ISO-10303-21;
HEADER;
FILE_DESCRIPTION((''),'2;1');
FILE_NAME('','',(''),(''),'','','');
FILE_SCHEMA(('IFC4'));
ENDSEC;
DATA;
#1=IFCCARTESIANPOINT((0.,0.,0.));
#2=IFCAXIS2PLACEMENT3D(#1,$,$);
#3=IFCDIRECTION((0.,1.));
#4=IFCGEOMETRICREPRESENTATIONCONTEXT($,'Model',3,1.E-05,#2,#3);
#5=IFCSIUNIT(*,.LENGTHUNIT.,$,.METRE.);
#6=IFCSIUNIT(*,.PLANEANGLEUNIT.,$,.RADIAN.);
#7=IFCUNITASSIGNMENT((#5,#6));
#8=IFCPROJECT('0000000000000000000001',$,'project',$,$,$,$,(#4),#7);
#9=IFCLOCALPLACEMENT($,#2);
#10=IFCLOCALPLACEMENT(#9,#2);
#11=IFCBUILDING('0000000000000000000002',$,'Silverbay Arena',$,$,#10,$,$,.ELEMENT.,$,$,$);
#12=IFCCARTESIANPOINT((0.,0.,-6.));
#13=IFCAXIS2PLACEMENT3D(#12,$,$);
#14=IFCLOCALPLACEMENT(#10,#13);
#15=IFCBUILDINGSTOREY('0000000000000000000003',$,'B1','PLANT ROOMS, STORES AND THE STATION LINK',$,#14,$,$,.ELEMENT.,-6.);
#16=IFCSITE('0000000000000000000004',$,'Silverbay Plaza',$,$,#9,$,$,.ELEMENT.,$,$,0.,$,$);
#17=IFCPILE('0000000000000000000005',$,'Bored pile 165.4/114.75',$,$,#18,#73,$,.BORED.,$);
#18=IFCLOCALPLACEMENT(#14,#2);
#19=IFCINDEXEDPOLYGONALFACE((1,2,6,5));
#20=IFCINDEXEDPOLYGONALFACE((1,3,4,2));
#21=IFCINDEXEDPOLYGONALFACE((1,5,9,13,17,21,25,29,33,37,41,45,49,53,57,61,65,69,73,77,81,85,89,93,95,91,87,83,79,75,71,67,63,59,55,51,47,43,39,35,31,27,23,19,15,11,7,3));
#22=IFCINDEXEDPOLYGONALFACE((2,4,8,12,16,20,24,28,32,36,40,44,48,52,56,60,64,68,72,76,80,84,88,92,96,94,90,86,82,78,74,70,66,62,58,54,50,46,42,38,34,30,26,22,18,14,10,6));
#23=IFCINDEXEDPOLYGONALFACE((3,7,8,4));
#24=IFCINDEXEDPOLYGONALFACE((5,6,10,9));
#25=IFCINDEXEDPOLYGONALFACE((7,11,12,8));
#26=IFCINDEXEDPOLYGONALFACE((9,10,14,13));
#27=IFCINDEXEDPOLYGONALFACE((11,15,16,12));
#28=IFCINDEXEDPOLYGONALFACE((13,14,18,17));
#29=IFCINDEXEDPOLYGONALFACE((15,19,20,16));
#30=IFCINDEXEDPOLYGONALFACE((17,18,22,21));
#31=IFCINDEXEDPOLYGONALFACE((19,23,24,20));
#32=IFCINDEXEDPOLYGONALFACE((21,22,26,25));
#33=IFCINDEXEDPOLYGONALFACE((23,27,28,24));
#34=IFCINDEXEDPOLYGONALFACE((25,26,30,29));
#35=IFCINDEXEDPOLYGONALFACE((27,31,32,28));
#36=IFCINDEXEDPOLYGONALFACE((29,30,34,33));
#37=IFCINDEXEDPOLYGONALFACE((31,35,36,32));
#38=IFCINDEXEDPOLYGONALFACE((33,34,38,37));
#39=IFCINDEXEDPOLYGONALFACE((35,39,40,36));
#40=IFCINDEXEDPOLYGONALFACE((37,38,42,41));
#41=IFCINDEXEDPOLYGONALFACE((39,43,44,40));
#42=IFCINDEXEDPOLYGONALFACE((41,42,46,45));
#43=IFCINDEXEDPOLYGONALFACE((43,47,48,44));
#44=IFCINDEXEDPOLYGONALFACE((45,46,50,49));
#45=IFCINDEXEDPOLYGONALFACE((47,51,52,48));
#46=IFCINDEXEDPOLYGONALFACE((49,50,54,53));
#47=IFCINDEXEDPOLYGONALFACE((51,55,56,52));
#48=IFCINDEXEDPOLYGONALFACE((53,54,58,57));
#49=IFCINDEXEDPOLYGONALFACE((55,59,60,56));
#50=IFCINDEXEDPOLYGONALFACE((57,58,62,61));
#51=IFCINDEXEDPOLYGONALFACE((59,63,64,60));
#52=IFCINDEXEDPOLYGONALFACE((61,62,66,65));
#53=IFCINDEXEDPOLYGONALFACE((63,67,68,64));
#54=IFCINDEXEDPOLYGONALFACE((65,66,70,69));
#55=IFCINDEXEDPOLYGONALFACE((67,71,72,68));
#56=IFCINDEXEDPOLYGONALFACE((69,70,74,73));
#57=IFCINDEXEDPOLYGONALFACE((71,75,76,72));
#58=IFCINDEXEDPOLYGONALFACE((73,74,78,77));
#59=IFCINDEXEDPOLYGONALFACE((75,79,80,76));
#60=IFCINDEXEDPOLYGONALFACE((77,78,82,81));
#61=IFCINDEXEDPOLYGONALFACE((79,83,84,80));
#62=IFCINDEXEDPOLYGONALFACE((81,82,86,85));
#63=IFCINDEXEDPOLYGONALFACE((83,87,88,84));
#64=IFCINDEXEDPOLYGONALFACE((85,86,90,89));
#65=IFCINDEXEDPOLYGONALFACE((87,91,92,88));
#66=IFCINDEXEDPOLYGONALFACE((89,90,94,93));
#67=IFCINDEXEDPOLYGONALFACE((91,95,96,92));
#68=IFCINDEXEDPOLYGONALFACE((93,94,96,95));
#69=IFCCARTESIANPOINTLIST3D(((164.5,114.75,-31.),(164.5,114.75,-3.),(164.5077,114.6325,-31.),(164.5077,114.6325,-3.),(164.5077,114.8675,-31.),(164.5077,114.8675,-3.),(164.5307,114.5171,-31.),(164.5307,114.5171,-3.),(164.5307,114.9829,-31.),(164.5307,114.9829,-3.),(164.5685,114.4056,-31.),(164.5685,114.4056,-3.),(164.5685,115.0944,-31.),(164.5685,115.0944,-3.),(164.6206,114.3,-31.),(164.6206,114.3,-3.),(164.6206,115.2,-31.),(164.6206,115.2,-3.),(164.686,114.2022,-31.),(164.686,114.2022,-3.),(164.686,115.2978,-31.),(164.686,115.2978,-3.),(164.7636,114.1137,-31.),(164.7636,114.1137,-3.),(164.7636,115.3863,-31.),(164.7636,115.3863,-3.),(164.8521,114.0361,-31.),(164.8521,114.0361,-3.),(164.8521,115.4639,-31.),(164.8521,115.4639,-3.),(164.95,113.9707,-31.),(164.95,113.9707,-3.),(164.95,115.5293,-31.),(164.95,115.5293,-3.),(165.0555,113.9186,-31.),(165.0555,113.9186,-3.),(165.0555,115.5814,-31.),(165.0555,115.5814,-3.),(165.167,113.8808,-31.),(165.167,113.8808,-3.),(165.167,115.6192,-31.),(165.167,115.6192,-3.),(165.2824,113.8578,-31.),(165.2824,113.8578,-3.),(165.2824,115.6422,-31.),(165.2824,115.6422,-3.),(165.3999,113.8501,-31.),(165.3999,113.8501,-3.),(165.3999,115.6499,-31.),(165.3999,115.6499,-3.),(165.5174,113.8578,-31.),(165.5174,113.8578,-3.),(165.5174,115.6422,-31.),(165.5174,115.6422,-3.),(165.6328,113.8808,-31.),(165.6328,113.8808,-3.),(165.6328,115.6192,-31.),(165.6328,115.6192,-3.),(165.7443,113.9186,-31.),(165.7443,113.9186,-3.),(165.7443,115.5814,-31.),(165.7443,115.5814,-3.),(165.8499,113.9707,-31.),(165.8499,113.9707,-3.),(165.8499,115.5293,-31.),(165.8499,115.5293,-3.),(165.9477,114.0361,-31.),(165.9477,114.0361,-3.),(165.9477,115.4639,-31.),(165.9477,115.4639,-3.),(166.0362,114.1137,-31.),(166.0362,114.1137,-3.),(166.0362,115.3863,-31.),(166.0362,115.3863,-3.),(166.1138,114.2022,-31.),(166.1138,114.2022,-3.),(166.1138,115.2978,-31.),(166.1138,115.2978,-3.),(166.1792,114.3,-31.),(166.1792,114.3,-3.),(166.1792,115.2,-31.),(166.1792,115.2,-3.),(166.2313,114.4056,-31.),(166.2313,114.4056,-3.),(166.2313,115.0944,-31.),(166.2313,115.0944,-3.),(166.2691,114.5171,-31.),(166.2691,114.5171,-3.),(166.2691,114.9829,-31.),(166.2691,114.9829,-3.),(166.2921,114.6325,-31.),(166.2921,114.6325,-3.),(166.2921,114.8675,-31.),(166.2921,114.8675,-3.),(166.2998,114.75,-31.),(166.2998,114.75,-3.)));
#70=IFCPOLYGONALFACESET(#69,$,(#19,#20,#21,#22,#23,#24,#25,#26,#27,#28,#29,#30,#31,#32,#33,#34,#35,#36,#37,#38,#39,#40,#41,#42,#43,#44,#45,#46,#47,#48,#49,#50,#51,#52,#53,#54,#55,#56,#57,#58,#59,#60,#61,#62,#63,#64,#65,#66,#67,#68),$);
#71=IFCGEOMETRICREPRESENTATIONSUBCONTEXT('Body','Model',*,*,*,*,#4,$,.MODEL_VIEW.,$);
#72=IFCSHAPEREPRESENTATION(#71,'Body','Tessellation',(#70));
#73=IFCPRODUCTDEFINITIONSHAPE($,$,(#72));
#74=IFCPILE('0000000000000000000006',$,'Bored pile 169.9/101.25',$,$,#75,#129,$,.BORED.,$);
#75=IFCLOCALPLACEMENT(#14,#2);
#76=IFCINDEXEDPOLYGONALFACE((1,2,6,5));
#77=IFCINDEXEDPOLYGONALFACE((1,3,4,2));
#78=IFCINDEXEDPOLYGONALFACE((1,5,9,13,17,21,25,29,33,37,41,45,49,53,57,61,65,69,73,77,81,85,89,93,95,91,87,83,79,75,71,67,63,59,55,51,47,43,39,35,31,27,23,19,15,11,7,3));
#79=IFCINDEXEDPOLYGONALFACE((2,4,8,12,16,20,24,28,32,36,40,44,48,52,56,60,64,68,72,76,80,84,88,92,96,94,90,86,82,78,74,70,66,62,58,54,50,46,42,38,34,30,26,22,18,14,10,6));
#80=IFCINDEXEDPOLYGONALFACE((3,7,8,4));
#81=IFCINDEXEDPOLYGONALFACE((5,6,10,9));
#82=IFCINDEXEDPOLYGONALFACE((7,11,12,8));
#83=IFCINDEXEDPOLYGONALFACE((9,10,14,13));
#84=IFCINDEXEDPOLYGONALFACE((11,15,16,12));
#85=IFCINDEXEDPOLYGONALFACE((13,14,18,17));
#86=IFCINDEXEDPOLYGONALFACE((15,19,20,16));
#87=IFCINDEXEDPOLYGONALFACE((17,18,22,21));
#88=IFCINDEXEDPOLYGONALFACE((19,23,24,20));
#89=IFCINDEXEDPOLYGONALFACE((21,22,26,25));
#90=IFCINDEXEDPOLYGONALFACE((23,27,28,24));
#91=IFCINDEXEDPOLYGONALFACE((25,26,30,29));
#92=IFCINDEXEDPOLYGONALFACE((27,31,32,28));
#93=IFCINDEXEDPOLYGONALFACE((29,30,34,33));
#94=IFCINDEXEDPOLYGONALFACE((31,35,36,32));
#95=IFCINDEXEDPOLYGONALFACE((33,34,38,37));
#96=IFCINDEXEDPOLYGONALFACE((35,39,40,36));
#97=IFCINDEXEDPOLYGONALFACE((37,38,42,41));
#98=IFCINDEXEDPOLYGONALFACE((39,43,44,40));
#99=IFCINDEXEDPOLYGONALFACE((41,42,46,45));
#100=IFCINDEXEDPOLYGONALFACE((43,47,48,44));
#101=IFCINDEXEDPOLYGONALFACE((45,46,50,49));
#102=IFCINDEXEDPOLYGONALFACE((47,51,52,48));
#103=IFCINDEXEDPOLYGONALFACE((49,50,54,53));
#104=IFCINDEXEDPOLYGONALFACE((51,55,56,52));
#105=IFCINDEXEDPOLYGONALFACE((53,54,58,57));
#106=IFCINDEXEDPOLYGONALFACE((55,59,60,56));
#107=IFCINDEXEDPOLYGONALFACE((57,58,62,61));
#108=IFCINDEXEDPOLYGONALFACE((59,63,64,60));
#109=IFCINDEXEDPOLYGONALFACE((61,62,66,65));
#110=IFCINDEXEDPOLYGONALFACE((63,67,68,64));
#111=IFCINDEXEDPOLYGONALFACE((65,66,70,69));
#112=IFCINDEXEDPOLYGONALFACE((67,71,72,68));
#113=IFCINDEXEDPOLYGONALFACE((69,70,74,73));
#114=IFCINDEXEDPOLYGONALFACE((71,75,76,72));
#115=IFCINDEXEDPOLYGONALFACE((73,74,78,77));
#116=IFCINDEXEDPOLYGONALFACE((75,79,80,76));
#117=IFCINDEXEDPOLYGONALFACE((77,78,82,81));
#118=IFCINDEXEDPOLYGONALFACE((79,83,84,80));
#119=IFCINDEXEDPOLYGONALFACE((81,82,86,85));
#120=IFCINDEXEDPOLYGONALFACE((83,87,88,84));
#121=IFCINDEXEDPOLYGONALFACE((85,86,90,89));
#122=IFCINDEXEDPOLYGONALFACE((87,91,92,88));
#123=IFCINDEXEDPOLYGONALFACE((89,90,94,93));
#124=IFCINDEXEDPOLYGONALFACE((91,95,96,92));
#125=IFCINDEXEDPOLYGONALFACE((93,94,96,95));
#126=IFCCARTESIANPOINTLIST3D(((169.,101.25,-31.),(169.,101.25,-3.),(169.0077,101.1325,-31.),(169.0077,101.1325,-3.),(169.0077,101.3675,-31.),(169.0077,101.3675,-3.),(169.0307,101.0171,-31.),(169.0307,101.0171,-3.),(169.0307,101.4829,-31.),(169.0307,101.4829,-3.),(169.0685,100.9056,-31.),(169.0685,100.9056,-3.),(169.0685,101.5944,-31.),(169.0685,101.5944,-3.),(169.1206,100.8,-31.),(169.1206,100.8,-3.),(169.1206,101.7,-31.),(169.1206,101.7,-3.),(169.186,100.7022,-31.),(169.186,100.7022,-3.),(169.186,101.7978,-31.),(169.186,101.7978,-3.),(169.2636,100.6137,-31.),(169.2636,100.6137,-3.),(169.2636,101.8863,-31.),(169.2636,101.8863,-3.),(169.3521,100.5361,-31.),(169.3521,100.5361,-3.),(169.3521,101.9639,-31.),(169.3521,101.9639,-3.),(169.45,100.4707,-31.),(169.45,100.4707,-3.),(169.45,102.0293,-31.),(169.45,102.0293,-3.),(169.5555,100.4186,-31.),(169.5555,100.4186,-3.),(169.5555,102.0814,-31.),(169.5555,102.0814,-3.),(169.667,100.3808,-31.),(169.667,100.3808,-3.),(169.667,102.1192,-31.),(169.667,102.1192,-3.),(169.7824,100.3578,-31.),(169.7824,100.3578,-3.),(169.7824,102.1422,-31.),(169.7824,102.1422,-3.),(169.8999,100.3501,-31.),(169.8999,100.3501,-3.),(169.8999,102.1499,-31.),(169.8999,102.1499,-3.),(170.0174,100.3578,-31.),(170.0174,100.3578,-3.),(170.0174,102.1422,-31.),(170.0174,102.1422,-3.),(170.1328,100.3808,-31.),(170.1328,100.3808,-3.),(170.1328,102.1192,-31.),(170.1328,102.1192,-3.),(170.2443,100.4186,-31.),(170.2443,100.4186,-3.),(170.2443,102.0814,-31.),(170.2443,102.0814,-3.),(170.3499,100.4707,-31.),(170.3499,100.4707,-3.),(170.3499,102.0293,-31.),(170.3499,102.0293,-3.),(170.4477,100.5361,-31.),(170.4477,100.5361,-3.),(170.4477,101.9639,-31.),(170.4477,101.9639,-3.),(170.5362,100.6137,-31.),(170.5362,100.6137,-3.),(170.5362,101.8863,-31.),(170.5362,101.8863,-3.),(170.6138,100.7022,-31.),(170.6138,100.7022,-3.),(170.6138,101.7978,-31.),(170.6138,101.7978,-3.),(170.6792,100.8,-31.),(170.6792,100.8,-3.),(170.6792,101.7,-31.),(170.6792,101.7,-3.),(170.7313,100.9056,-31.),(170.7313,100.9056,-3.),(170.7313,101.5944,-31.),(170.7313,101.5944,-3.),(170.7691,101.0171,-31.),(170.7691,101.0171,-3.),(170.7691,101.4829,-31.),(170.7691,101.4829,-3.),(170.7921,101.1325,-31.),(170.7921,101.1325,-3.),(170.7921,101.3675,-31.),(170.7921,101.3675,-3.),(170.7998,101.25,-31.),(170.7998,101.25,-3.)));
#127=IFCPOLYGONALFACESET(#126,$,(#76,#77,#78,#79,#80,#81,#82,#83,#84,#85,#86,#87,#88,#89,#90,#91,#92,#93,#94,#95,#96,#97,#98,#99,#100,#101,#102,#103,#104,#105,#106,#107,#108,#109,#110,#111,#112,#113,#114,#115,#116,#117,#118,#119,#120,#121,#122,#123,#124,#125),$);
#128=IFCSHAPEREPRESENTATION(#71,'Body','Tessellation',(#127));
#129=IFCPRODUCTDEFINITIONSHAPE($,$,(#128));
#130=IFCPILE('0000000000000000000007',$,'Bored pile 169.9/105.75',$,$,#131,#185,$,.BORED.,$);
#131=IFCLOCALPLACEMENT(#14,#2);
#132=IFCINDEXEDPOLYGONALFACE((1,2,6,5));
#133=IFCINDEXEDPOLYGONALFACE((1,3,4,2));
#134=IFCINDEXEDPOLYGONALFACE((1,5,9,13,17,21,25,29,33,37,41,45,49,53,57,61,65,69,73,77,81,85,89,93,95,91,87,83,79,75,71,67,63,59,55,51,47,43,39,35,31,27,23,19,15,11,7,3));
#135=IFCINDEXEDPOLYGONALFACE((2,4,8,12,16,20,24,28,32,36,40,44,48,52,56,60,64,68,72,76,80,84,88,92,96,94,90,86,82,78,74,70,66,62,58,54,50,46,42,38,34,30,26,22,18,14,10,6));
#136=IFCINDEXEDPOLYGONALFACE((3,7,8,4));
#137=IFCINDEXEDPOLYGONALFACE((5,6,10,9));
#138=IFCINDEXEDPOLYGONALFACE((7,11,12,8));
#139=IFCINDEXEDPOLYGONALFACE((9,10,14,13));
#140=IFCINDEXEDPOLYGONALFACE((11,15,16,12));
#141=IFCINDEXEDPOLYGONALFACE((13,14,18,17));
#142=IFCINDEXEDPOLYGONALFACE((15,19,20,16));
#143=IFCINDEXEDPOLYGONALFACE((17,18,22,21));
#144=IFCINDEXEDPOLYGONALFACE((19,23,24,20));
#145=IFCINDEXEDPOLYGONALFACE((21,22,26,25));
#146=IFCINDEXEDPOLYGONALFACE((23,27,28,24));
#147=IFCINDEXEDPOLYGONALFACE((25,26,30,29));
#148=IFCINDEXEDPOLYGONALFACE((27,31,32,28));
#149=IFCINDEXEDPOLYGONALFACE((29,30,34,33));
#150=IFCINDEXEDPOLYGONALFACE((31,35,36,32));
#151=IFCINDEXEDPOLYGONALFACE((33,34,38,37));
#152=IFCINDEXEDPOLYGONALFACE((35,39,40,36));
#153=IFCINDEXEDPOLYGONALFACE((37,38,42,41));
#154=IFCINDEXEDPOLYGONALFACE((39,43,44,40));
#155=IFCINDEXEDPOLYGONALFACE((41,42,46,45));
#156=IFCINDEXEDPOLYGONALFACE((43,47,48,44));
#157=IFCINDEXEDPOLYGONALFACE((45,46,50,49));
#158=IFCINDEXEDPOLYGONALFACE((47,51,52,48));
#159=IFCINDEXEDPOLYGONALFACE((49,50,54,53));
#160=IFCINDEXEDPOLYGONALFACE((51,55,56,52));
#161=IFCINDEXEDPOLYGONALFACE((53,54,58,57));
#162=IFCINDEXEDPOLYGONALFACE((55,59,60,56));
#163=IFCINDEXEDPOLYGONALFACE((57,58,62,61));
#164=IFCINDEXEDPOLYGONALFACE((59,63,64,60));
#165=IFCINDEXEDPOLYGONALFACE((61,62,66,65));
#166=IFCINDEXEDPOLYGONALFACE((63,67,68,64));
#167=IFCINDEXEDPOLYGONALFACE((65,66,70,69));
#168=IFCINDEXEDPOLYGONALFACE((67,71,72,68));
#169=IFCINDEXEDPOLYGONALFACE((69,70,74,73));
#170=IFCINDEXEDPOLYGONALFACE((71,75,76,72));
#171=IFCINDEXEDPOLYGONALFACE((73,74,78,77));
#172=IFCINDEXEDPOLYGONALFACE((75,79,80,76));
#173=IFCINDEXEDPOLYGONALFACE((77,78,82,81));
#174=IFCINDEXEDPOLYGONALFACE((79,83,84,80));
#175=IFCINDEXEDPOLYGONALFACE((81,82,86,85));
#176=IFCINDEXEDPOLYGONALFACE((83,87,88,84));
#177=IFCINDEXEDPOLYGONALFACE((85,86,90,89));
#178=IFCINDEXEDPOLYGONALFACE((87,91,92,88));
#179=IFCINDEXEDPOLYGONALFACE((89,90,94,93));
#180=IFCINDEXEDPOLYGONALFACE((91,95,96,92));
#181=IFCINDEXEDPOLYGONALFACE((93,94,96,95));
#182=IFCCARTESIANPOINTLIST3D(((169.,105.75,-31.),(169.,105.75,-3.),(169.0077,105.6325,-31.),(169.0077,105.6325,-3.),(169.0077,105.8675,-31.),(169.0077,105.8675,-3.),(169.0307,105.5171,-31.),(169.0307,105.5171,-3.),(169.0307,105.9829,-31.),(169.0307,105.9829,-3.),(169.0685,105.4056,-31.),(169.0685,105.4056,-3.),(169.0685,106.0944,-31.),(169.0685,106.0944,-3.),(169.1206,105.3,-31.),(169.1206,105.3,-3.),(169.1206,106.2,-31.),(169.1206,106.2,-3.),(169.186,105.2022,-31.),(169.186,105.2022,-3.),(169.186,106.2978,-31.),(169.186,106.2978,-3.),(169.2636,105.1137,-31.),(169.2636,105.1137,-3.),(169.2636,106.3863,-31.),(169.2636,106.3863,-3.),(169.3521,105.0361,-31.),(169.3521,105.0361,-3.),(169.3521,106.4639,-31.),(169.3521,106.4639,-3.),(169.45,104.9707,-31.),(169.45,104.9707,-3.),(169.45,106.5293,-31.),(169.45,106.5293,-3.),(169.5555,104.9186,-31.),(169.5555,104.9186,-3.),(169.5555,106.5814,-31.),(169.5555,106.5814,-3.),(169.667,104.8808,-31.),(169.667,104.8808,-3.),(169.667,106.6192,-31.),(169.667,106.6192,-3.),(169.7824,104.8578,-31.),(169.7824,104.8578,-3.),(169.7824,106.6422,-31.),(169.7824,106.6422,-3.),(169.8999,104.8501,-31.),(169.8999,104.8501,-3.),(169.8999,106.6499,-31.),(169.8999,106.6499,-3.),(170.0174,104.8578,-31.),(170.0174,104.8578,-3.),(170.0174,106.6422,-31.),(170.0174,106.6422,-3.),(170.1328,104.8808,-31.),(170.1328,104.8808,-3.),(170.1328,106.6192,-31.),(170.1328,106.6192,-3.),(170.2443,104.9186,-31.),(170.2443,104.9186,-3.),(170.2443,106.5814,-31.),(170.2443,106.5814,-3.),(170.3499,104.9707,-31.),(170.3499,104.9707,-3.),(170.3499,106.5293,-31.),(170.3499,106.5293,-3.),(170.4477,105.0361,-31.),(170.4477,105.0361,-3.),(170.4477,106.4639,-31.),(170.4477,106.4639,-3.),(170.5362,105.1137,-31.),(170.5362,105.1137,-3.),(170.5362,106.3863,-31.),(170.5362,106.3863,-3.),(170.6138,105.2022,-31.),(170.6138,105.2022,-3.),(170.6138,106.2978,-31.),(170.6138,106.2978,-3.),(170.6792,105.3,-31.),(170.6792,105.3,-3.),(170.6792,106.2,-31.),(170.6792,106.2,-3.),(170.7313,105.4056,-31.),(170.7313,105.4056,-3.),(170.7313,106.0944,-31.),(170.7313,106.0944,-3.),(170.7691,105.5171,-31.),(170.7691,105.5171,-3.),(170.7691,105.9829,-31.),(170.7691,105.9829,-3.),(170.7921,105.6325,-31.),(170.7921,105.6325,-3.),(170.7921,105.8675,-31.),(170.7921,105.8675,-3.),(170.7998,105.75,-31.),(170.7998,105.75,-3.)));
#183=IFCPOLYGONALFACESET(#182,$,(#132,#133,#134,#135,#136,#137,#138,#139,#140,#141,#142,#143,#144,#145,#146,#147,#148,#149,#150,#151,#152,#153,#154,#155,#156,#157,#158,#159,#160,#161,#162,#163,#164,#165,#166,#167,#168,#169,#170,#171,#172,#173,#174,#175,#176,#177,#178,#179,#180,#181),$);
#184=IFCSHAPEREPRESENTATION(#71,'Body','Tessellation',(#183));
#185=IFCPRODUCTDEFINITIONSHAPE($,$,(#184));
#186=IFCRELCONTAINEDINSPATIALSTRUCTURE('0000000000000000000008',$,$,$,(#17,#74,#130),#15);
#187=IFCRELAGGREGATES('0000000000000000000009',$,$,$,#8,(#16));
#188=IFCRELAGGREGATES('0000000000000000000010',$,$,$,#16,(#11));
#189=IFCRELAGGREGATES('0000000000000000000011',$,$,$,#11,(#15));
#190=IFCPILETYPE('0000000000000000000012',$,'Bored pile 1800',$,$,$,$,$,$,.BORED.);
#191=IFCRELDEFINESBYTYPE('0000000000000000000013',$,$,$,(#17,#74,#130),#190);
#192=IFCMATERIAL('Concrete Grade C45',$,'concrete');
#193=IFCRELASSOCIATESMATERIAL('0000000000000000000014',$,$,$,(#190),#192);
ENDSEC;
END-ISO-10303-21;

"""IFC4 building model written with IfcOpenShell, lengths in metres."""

from ifc_helpers import new_model, si_unit, direction, frame, origin, origin_2d, place, context, subcontext, project, spatial, circle, extrude, material, material_profile, profile_set, type_object, element, save


model = new_model("IFC4")

# Units and contexts
model_context = context("Model", 3, precision=1e-05, world=origin(), true_north=direction((0.0, 1.0)))
body_context = subcontext(model_context, "Body", "Model", "MODEL_VIEW")
ifc_project = project(units=[si_unit("LENGTHUNIT", "METRE"), si_unit("PLANEANGLEUNIT", "RADIAN")], contexts=[model_context])

# Site, building, storey
site_placement = place(None, origin())
site = spatial("IfcSite", under=ifc_project, at=site_placement, Name="Silverbay Plaza", CompositionType="ELEMENT", RefElevation=0.0)
building_placement = place(site_placement, origin())
building = spatial("IfcBuilding", under=site, at=building_placement, Name="Silverbay Arena", CompositionType="ELEMENT")
storey_placement = place(building_placement, frame((0.0, 0.0, -6.0)))
storey = spatial("IfcBuildingStorey", under=building, at=storey_placement, Name="B1", Description="PLANT ROOMS, STORES AND THE STATION LINK", CompositionType="ELEMENT", Elevation=-6.0)

# Piles
ifc_material_1 = material(Name="Concrete Grade C45", Category="concrete")
ifc_material_profile_1 = material_profile(ifc_material_1, circle(Radius=0.8999, at=origin_2d()), Name="Bored pile 1800")
ifc_profile_set_1 = profile_set([ifc_material_profile_1], Name="Concrete Grade C45")
pile_type = type_object("IfcPileType", Name="Bored pile 1800", PredefinedType="BORED", material=ifc_profile_set_1)
for number, where, z_axis, x_axis, name in (
    (1, (165.3999, 114.75, -3.0), (0.0, 0.0, -1.0), (1.0, 0.0, 0.0), "Bored pile 165.4/114.75"),
    (2, (169.8999, 101.25, -3.0), (0.0, 0.0, -1.0), (1.0, 0.0, 0.0), "Bored pile 169.9/101.25"),
    (3, (169.8999, 105.75, -3.0), (0.0, 0.0, -1.0), (1.0, 0.0, 0.0), "Bored pile 169.9/105.75"),
):
    element("IfcPile", number, at=place(storey_placement, frame(where, z_axis=z_axis, x_axis=x_axis)), inside=storey, type_object=pile_type, Name=name, PredefinedType="BORED", context=body_context, shape_type="SweptSolid", body=[
        extrude(circle(Radius=0.8999, at=origin_2d()), origin(), (0.0, 0.0, 1.0), 28.0),
    ])

save(model, "model.ifc")
